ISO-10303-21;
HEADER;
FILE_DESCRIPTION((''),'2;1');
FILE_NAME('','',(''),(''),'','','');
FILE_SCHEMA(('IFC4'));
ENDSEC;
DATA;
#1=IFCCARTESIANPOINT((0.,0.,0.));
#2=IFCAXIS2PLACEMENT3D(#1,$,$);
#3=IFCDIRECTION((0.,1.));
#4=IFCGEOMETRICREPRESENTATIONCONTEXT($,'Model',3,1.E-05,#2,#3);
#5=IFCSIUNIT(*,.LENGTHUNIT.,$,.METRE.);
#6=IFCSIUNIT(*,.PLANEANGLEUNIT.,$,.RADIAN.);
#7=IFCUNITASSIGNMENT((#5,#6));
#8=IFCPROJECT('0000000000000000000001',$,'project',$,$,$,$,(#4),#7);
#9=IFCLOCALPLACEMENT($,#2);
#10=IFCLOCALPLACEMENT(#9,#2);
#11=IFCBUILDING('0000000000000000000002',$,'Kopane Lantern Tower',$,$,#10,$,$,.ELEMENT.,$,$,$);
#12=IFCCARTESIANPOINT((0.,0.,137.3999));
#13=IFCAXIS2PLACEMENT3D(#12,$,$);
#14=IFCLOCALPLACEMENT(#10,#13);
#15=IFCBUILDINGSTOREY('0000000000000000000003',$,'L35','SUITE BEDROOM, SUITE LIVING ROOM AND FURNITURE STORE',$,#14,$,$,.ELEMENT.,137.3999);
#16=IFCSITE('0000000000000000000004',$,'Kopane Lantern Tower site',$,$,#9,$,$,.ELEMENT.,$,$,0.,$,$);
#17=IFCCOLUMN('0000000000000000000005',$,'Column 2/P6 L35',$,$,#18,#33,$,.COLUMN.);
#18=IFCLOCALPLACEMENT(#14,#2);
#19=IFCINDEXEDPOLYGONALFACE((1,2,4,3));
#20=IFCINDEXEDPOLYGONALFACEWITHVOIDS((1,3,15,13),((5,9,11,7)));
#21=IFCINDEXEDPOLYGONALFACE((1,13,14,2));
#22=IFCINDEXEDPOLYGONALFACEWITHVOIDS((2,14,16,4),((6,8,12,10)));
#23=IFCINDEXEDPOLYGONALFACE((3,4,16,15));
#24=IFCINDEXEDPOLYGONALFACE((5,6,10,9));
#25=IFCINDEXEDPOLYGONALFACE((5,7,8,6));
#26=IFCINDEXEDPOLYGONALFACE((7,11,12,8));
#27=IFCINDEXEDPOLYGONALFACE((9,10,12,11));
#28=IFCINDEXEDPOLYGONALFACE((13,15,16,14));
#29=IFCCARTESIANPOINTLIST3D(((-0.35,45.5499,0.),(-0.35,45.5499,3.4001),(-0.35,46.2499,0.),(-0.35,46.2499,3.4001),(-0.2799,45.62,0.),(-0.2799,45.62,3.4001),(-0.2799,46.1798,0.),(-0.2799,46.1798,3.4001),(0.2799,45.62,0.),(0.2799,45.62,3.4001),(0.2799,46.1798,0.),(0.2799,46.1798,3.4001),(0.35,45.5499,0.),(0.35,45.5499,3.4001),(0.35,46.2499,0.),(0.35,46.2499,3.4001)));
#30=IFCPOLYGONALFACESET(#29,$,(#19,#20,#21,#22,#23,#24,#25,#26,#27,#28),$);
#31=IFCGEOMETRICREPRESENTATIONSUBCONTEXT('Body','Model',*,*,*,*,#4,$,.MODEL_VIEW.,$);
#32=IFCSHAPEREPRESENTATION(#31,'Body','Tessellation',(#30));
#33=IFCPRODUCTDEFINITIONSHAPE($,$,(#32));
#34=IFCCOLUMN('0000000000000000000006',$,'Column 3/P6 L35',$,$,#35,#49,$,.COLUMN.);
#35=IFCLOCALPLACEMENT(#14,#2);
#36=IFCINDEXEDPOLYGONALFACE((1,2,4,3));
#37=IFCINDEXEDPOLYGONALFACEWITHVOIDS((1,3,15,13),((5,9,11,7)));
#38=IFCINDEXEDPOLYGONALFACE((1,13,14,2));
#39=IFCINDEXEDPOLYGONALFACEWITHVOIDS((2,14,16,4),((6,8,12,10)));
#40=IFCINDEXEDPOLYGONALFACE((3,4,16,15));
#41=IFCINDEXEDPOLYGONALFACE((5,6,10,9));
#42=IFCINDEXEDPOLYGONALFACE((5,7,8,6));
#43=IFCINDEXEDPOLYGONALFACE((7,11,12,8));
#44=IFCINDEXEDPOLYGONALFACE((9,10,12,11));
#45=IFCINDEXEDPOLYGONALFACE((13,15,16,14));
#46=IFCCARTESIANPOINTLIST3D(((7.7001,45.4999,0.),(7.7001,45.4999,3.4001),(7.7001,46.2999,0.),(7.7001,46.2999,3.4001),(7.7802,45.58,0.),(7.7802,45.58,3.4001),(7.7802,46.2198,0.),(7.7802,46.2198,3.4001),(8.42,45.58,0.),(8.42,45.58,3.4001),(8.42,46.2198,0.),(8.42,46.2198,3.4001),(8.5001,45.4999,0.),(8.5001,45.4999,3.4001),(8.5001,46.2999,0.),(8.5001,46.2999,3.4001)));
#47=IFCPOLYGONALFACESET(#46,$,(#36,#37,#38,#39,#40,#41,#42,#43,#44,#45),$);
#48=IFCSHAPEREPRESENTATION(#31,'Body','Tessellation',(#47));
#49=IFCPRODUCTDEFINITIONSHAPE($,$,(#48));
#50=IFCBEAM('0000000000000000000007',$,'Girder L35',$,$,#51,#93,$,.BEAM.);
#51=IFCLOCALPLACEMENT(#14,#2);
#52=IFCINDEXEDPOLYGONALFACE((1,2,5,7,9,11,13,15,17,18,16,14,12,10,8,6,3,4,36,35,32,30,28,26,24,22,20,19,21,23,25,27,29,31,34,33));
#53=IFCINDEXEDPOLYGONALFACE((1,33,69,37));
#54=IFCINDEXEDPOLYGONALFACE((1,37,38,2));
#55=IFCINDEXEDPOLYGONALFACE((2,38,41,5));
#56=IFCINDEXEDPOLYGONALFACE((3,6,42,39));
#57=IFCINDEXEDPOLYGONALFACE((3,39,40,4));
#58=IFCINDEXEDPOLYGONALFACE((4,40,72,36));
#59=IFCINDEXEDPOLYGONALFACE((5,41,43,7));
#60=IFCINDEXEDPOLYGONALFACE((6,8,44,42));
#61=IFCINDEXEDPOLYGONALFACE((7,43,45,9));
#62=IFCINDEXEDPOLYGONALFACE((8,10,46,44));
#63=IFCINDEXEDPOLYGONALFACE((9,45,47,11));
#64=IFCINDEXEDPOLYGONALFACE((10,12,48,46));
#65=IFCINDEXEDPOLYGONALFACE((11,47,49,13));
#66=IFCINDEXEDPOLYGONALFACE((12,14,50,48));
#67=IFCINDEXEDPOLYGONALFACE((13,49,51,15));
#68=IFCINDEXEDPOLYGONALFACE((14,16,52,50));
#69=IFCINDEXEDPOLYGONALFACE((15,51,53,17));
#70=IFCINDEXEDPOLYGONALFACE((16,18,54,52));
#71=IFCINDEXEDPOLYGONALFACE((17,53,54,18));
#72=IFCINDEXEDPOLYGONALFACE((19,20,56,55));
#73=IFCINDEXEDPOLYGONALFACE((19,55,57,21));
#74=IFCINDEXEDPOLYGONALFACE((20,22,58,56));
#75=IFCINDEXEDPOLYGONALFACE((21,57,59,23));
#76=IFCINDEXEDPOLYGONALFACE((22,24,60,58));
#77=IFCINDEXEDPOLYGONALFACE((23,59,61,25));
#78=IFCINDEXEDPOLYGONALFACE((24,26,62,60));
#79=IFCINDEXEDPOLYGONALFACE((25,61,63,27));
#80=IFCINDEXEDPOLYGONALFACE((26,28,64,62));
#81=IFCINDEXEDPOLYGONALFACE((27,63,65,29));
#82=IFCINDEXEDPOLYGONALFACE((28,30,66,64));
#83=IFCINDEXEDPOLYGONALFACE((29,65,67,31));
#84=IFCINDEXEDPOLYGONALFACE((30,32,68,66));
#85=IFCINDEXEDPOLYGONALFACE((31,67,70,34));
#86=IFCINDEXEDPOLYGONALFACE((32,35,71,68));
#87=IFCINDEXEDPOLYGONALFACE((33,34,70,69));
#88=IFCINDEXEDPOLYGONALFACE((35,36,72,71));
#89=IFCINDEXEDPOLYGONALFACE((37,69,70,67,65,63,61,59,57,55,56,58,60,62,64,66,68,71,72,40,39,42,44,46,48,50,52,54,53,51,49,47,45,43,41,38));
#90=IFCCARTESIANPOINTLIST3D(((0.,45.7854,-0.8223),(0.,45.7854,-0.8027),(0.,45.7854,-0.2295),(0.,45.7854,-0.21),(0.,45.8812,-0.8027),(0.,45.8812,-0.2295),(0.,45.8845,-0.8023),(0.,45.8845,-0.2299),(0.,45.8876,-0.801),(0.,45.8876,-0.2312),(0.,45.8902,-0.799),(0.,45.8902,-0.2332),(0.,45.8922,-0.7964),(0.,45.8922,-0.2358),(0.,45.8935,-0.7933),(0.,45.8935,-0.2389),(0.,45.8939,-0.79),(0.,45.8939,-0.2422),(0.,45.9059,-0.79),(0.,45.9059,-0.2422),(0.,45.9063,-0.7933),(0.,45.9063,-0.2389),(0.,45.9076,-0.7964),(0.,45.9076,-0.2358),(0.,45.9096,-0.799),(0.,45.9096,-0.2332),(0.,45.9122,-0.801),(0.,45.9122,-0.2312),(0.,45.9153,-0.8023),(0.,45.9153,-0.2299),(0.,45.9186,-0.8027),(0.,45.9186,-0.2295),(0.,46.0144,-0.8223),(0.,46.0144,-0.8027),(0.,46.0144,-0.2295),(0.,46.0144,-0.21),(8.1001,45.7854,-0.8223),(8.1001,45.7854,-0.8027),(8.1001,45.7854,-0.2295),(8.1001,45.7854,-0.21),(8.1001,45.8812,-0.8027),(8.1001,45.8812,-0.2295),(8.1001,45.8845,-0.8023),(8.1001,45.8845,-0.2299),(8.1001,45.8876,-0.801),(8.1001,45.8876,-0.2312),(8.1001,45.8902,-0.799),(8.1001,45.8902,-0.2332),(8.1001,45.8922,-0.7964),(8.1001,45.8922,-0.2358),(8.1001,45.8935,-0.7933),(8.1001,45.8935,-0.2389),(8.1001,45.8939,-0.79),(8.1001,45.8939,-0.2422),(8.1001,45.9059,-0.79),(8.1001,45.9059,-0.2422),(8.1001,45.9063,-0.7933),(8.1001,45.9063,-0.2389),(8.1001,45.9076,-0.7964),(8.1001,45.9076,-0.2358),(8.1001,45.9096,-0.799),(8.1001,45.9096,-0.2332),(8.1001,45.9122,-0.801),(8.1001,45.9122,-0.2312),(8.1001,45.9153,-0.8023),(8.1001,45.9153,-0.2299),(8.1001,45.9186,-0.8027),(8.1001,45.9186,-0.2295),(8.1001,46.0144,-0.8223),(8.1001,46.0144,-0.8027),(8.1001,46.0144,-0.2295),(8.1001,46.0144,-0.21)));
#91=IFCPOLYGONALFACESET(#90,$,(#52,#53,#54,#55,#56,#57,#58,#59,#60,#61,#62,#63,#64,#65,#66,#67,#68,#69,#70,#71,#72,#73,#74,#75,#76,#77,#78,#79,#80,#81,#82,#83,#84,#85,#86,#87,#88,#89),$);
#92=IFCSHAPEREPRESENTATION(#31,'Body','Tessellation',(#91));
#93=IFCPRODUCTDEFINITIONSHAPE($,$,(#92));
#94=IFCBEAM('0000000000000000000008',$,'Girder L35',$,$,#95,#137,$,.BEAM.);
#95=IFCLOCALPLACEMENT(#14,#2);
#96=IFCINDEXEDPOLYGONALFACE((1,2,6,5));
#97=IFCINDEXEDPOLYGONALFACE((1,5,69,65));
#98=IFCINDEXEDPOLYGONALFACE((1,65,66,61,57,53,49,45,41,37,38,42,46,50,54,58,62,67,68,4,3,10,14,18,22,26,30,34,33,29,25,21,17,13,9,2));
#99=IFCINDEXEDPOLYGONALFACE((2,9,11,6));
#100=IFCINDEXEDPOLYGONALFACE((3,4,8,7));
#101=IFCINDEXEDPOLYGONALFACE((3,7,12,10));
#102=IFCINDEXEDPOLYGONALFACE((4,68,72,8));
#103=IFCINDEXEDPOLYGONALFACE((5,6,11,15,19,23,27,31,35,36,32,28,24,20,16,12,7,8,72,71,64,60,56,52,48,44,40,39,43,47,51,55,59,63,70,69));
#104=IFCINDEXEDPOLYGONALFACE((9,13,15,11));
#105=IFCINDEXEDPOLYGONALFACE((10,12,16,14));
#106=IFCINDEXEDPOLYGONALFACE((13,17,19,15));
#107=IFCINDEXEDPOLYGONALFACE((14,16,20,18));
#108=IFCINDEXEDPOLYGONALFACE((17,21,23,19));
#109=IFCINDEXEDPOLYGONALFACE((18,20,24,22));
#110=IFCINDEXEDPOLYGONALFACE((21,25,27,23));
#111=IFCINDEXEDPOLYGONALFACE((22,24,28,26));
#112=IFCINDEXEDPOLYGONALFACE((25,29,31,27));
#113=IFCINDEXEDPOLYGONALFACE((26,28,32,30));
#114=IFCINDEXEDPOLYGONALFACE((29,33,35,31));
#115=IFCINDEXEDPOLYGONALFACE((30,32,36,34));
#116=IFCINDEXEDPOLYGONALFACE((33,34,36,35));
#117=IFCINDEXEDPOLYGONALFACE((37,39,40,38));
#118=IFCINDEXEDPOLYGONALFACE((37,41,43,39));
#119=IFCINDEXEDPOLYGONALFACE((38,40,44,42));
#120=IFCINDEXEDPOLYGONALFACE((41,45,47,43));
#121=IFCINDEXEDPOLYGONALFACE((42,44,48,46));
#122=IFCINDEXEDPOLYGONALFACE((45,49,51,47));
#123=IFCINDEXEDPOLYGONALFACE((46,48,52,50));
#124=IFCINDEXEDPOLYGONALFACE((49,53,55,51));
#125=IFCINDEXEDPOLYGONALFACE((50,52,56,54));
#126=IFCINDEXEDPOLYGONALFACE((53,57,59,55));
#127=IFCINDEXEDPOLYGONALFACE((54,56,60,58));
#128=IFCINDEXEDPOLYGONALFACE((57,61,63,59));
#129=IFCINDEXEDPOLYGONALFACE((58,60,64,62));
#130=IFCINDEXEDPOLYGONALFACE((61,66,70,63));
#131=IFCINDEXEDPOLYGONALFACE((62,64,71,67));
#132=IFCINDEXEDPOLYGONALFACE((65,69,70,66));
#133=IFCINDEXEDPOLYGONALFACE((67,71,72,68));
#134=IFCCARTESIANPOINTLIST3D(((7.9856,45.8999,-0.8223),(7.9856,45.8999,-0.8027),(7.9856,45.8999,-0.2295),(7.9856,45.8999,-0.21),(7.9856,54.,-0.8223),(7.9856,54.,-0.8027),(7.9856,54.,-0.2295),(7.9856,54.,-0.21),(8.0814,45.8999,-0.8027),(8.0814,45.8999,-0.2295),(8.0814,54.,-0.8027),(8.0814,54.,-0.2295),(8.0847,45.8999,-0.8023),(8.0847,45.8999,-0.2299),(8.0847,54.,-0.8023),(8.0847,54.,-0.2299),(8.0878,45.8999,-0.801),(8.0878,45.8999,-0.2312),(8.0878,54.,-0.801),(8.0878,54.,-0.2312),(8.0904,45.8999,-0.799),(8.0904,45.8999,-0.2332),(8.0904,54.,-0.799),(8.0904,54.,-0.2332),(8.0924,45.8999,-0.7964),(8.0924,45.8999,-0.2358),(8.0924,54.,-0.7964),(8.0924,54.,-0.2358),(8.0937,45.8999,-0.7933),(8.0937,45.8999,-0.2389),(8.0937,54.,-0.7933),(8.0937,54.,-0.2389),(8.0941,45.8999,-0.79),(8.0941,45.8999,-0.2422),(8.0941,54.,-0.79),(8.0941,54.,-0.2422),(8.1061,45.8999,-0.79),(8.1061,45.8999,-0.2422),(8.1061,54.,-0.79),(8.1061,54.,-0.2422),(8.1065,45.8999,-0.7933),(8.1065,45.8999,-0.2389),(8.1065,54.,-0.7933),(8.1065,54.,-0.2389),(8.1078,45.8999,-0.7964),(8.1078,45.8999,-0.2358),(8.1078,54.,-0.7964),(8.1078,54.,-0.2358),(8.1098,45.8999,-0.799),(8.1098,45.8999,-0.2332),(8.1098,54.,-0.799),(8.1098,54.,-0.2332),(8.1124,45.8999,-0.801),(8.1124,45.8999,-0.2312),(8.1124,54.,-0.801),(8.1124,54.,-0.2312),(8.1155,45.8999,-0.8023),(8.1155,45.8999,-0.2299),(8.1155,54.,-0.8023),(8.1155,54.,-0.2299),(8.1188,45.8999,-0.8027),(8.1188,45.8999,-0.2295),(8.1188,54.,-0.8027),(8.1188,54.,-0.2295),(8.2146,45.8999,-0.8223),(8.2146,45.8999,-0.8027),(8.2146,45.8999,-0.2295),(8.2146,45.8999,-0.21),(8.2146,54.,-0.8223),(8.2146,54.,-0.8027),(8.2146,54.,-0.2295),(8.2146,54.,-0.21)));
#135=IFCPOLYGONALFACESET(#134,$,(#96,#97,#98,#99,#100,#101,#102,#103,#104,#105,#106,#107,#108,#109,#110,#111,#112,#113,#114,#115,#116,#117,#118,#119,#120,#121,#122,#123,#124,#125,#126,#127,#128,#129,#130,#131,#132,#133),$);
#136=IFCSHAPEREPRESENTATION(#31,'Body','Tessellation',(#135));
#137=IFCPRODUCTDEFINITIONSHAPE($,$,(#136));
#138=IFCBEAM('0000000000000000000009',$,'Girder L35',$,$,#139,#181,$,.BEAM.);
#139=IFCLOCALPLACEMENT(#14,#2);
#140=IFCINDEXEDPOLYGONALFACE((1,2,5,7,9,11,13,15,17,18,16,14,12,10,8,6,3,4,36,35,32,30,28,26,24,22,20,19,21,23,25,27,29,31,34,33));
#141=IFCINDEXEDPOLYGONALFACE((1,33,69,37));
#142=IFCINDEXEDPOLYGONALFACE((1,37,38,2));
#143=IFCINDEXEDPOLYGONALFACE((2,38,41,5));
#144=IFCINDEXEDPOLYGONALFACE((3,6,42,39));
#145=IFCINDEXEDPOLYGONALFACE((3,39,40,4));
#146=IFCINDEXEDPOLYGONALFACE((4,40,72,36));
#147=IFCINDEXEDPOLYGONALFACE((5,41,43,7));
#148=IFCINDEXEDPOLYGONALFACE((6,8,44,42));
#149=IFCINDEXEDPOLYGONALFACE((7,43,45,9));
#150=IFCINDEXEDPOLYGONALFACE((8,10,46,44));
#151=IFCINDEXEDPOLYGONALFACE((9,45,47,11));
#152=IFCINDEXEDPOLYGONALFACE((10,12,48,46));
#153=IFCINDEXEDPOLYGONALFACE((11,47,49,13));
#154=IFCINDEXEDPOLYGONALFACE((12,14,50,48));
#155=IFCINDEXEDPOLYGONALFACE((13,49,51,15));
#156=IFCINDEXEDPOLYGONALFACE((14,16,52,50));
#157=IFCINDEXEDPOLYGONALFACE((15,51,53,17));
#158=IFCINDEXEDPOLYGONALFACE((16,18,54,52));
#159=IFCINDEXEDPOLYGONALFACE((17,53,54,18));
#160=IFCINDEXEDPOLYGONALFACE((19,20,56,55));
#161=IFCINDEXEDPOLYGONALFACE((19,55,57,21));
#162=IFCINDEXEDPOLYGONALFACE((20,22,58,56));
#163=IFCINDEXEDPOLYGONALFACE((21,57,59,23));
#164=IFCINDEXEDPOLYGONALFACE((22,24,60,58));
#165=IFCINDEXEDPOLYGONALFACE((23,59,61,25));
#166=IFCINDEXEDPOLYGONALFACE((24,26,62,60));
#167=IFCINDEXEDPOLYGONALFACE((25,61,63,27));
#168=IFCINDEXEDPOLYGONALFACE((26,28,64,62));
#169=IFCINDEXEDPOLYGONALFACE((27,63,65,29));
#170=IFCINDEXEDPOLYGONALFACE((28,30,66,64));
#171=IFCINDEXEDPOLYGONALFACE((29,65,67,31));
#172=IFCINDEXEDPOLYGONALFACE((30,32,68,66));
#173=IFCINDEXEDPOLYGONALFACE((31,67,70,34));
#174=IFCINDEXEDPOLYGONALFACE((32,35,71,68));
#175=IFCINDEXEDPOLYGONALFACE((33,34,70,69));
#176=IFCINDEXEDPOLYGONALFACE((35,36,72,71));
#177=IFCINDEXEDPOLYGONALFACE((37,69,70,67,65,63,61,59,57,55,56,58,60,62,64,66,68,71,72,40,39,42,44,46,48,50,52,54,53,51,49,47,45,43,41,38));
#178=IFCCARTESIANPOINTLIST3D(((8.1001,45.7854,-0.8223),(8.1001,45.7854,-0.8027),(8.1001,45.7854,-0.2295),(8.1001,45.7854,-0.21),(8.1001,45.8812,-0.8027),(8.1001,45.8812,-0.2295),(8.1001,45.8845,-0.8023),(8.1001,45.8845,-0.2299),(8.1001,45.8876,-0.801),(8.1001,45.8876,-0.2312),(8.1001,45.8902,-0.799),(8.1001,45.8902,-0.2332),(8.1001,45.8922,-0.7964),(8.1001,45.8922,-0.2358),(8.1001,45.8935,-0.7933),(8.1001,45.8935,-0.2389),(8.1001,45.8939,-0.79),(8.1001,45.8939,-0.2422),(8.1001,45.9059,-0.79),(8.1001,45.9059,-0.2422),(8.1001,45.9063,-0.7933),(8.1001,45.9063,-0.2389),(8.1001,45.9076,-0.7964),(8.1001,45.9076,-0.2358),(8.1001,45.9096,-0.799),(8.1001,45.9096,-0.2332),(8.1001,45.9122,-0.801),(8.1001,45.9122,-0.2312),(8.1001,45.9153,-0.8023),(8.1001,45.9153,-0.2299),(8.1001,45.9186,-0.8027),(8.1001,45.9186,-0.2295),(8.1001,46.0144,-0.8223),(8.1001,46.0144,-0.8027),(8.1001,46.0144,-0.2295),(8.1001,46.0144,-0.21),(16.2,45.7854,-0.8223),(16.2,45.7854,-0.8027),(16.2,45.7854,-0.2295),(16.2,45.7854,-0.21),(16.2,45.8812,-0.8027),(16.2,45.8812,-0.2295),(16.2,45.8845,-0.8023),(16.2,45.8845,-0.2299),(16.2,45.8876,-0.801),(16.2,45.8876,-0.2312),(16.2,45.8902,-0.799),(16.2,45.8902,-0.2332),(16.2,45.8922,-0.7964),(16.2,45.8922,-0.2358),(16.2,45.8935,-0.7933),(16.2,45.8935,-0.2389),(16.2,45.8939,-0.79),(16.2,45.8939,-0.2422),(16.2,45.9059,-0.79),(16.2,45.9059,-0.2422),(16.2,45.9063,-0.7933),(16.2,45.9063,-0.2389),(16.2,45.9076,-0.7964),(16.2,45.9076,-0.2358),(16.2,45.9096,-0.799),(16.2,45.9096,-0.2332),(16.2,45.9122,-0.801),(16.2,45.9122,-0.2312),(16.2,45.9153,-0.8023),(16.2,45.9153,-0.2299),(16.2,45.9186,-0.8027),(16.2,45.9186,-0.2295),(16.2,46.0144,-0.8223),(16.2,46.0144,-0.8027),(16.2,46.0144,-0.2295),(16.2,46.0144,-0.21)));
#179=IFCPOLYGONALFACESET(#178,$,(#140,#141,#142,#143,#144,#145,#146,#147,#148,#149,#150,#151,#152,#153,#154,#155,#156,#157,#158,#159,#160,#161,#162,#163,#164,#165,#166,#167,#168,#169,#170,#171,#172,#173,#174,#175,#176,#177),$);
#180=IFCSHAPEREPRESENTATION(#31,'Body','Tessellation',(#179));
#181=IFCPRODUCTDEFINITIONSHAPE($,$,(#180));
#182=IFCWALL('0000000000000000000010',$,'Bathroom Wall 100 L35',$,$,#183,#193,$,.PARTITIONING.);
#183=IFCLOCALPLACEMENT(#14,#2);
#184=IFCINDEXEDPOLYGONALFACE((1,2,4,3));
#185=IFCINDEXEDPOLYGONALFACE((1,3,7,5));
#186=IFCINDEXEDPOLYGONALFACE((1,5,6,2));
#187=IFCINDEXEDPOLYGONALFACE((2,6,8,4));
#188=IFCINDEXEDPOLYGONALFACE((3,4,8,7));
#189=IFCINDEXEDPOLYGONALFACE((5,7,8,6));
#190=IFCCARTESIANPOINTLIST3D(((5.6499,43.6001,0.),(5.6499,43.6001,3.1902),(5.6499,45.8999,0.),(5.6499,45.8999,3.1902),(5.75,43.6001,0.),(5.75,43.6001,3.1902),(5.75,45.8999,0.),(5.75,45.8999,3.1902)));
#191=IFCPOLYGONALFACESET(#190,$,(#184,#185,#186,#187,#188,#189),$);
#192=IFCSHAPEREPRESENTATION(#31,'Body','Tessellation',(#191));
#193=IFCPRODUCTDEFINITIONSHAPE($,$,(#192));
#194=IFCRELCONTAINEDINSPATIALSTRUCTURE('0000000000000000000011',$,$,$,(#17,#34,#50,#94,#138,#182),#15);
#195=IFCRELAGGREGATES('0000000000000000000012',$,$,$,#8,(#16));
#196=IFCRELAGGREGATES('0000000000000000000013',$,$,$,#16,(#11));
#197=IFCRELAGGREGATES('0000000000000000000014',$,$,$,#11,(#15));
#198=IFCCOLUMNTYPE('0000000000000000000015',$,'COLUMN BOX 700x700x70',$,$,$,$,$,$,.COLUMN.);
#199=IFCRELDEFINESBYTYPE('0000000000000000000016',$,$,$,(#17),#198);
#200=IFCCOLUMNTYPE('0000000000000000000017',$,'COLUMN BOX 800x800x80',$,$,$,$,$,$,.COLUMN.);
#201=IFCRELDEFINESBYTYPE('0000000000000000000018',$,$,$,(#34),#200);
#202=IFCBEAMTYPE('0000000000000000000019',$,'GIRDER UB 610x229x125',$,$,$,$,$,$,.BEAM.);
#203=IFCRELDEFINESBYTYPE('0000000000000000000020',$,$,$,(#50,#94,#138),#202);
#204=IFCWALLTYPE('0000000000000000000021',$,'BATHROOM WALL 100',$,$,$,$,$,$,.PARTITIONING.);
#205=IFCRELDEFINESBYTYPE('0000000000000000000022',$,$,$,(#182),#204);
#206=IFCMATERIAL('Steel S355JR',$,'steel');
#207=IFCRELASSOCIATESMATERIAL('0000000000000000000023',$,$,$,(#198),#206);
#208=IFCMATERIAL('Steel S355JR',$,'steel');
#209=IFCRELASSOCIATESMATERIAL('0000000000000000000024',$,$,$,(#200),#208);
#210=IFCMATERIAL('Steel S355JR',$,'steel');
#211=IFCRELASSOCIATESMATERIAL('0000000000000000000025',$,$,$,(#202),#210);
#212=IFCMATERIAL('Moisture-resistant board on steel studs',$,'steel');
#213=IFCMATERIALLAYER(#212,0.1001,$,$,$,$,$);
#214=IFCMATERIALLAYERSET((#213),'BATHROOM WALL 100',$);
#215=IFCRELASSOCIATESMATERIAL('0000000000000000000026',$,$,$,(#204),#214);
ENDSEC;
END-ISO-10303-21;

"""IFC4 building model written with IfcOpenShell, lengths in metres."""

from ifc_helpers import new_model, si_unit, direction, frame, frame_2d, origin, origin_2d, place, context, subcontext, project, spatial, rectangle, hollow_rectangle, i_section, extrude, material, layer, layer_set, material_profile, profile_set, type_object, element, save


model = new_model("IFC4")

# Units and contexts
model_context = context("Model", 3, precision=1e-05, world=origin(), true_north=direction((0.0, 1.0)))
body_context = subcontext(model_context, "Body", "Model", "MODEL_VIEW")
ifc_project = project(units=[si_unit("LENGTHUNIT", "METRE"), si_unit("PLANEANGLEUNIT", "RADIAN")], contexts=[model_context])

# Site, building, storey
site_placement = place(None, origin())
site = spatial("IfcSite", under=ifc_project, at=site_placement, Name="Kopane Lantern Tower site", CompositionType="ELEMENT", RefElevation=0.0)
building_placement = place(site_placement, origin())
building = spatial("IfcBuilding", under=site, at=building_placement, Name="Kopane Lantern Tower", CompositionType="ELEMENT")
storey_placement = place(building_placement, frame((0.0, 0.0, 137.3999)))
storey = spatial("IfcBuildingStorey", under=building, at=storey_placement, Name="L35", Description="SUITE BEDROOM, SUITE LIVING ROOM AND FURNITURE STORE", CompositionType="ELEMENT", Elevation=137.3999)

# Columns
ifc_material_1 = material(Name="Steel S355JR", Category="steel")
ifc_material_profile_1 = material_profile(ifc_material_1, hollow_rectangle(XDim=0.7, YDim=0.7, WallThickness=0.0701, at=origin_2d()), Name="BOX 700x700x70")
ifc_profile_set_1 = profile_set([ifc_material_profile_1], Name="Steel S355JR")
column_type_1 = type_object("IfcColumnType", Name="COLUMN BOX 700x700x70", PredefinedType="COLUMN", material=ifc_profile_set_1)
column_1_placement = place(storey_placement, frame((0.0, 45.8999, 0.0), z_axis=(0.0, 0.0, 1.0), x_axis=(1.0, 0.0, 0.0)))
element("IfcColumn", 1, at=column_1_placement, inside=storey, type_object=column_type_1, Name="Column 2/P6 L35", PredefinedType="COLUMN", context=body_context, shape_type="SweptSolid", body=[
    extrude(hollow_rectangle(XDim=0.7, YDim=0.7, WallThickness=0.0701, at=origin_2d()), origin(), (0.0, 0.0, 1.0), 3.4001),
])
ifc_material_2 = material(Name="Steel S355JR", Category="steel")
ifc_material_profile_2 = material_profile(ifc_material_2, hollow_rectangle(XDim=0.8, YDim=0.8, WallThickness=0.0801, at=origin_2d()), Name="BOX 800x800x80")
ifc_profile_set_2 = profile_set([ifc_material_profile_2], Name="Steel S355JR")
column_type_2 = type_object("IfcColumnType", Name="COLUMN BOX 800x800x80", PredefinedType="COLUMN", material=ifc_profile_set_2)
column_2_placement = place(storey_placement, frame((8.1001, 45.8999, 0.0), z_axis=(0.0, 0.0, 1.0), x_axis=(1.0, 0.0, 0.0)))
element("IfcColumn", 2, at=column_2_placement, inside=storey, type_object=column_type_2, Name="Column 3/P6 L35", PredefinedType="COLUMN", context=body_context, shape_type="SweptSolid", body=[
    extrude(hollow_rectangle(XDim=0.8, YDim=0.8, WallThickness=0.0801, at=origin_2d()), origin(), (0.0, 0.0, 1.0), 3.4001),
])

# Beams
ifc_material_3 = material(Name="Steel S355JR", Category="steel")
ifc_material_profile_3 = material_profile(ifc_material_3, i_section(OverallWidth=0.229, OverallDepth=0.6123, WebThickness=0.012, FlangeThickness=0.0195, FilletRadius=0.0127, at=origin_2d()), Name="UB 610x229x125")
ifc_profile_set_3 = profile_set([ifc_material_profile_3], Name="Steel S355JR")
beam_type = type_object("IfcBeamType", Name="GIRDER UB 610x229x125", PredefinedType="BEAM", material=ifc_profile_set_3)
for number, where, z_axis, x_axis, name in (
    (3, (0.0, 45.8999, -0.5161), (1.0, 0.0, 0.0), (0.0, 1.0, 0.0), "Girder L35"),
    (4, (8.1001, 45.8999, -0.5161), (0.0, 1.0, 0.0), (-1.0, 0.0, 0.0), "Girder L35"),
):
    element("IfcBeam", number, at=place(storey_placement, frame(where, z_axis=z_axis, x_axis=x_axis)), inside=storey, type_object=beam_type, Name=name, PredefinedType="BEAM", context=body_context, shape_type="SweptSolid", body=[
        extrude(i_section(OverallWidth=0.229, OverallDepth=0.6123, WebThickness=0.012, FlangeThickness=0.0195, FilletRadius=0.0127, at=origin_2d()), origin(), (0.0, 0.0, 1.0), 8.1001),
    ])
beam_placement = place(storey_placement, frame((8.1001, 45.8999, -0.5161), z_axis=(1.0, 0.0, 0.0), x_axis=(0.0, 1.0, 0.0)))
element("IfcBeam", 5, at=beam_placement, inside=storey, type_object=beam_type, Name="Girder L35", PredefinedType="BEAM", context=body_context, shape_type="SweptSolid", body=[
    extrude(i_section(OverallWidth=0.229, OverallDepth=0.6123, WebThickness=0.012, FlangeThickness=0.0195, FilletRadius=0.0127, at=origin_2d()), origin(), (0.0, 0.0, 1.0), 8.0999),
])

# Wall
ifc_material_4 = material(Name="Moisture-resistant board on steel studs", Category="steel")
ifc_layer_1 = layer(ifc_material_4, 0.1001)
ifc_layer_set_1 = layer_set([ifc_layer_1], Name="BATHROOM WALL 100")
wall_type_1 = type_object("IfcWallType", Name="BATHROOM WALL 100", PredefinedType="PARTITIONING", material=ifc_layer_set_1)
wall_1_placement = place(storey_placement, frame((5.7, 43.6001, 0.0), z_axis=(0.0, 0.0, 1.0), x_axis=(0.0, 1.0, 0.0)))
element("IfcWall", 6, at=wall_1_placement, inside=storey, type_object=wall_type_1, Name="Bathroom Wall 100 L35", PredefinedType="PARTITIONING", context=body_context, shape_type="SweptSolid", body=[
    extrude(rectangle(XDim=2.2998, YDim=0.1001, at=frame_2d((1.1499, 0.0))), origin(), (0.0, 0.0, 1.0), 3.1902),
])

save(model, "model.ifc")
